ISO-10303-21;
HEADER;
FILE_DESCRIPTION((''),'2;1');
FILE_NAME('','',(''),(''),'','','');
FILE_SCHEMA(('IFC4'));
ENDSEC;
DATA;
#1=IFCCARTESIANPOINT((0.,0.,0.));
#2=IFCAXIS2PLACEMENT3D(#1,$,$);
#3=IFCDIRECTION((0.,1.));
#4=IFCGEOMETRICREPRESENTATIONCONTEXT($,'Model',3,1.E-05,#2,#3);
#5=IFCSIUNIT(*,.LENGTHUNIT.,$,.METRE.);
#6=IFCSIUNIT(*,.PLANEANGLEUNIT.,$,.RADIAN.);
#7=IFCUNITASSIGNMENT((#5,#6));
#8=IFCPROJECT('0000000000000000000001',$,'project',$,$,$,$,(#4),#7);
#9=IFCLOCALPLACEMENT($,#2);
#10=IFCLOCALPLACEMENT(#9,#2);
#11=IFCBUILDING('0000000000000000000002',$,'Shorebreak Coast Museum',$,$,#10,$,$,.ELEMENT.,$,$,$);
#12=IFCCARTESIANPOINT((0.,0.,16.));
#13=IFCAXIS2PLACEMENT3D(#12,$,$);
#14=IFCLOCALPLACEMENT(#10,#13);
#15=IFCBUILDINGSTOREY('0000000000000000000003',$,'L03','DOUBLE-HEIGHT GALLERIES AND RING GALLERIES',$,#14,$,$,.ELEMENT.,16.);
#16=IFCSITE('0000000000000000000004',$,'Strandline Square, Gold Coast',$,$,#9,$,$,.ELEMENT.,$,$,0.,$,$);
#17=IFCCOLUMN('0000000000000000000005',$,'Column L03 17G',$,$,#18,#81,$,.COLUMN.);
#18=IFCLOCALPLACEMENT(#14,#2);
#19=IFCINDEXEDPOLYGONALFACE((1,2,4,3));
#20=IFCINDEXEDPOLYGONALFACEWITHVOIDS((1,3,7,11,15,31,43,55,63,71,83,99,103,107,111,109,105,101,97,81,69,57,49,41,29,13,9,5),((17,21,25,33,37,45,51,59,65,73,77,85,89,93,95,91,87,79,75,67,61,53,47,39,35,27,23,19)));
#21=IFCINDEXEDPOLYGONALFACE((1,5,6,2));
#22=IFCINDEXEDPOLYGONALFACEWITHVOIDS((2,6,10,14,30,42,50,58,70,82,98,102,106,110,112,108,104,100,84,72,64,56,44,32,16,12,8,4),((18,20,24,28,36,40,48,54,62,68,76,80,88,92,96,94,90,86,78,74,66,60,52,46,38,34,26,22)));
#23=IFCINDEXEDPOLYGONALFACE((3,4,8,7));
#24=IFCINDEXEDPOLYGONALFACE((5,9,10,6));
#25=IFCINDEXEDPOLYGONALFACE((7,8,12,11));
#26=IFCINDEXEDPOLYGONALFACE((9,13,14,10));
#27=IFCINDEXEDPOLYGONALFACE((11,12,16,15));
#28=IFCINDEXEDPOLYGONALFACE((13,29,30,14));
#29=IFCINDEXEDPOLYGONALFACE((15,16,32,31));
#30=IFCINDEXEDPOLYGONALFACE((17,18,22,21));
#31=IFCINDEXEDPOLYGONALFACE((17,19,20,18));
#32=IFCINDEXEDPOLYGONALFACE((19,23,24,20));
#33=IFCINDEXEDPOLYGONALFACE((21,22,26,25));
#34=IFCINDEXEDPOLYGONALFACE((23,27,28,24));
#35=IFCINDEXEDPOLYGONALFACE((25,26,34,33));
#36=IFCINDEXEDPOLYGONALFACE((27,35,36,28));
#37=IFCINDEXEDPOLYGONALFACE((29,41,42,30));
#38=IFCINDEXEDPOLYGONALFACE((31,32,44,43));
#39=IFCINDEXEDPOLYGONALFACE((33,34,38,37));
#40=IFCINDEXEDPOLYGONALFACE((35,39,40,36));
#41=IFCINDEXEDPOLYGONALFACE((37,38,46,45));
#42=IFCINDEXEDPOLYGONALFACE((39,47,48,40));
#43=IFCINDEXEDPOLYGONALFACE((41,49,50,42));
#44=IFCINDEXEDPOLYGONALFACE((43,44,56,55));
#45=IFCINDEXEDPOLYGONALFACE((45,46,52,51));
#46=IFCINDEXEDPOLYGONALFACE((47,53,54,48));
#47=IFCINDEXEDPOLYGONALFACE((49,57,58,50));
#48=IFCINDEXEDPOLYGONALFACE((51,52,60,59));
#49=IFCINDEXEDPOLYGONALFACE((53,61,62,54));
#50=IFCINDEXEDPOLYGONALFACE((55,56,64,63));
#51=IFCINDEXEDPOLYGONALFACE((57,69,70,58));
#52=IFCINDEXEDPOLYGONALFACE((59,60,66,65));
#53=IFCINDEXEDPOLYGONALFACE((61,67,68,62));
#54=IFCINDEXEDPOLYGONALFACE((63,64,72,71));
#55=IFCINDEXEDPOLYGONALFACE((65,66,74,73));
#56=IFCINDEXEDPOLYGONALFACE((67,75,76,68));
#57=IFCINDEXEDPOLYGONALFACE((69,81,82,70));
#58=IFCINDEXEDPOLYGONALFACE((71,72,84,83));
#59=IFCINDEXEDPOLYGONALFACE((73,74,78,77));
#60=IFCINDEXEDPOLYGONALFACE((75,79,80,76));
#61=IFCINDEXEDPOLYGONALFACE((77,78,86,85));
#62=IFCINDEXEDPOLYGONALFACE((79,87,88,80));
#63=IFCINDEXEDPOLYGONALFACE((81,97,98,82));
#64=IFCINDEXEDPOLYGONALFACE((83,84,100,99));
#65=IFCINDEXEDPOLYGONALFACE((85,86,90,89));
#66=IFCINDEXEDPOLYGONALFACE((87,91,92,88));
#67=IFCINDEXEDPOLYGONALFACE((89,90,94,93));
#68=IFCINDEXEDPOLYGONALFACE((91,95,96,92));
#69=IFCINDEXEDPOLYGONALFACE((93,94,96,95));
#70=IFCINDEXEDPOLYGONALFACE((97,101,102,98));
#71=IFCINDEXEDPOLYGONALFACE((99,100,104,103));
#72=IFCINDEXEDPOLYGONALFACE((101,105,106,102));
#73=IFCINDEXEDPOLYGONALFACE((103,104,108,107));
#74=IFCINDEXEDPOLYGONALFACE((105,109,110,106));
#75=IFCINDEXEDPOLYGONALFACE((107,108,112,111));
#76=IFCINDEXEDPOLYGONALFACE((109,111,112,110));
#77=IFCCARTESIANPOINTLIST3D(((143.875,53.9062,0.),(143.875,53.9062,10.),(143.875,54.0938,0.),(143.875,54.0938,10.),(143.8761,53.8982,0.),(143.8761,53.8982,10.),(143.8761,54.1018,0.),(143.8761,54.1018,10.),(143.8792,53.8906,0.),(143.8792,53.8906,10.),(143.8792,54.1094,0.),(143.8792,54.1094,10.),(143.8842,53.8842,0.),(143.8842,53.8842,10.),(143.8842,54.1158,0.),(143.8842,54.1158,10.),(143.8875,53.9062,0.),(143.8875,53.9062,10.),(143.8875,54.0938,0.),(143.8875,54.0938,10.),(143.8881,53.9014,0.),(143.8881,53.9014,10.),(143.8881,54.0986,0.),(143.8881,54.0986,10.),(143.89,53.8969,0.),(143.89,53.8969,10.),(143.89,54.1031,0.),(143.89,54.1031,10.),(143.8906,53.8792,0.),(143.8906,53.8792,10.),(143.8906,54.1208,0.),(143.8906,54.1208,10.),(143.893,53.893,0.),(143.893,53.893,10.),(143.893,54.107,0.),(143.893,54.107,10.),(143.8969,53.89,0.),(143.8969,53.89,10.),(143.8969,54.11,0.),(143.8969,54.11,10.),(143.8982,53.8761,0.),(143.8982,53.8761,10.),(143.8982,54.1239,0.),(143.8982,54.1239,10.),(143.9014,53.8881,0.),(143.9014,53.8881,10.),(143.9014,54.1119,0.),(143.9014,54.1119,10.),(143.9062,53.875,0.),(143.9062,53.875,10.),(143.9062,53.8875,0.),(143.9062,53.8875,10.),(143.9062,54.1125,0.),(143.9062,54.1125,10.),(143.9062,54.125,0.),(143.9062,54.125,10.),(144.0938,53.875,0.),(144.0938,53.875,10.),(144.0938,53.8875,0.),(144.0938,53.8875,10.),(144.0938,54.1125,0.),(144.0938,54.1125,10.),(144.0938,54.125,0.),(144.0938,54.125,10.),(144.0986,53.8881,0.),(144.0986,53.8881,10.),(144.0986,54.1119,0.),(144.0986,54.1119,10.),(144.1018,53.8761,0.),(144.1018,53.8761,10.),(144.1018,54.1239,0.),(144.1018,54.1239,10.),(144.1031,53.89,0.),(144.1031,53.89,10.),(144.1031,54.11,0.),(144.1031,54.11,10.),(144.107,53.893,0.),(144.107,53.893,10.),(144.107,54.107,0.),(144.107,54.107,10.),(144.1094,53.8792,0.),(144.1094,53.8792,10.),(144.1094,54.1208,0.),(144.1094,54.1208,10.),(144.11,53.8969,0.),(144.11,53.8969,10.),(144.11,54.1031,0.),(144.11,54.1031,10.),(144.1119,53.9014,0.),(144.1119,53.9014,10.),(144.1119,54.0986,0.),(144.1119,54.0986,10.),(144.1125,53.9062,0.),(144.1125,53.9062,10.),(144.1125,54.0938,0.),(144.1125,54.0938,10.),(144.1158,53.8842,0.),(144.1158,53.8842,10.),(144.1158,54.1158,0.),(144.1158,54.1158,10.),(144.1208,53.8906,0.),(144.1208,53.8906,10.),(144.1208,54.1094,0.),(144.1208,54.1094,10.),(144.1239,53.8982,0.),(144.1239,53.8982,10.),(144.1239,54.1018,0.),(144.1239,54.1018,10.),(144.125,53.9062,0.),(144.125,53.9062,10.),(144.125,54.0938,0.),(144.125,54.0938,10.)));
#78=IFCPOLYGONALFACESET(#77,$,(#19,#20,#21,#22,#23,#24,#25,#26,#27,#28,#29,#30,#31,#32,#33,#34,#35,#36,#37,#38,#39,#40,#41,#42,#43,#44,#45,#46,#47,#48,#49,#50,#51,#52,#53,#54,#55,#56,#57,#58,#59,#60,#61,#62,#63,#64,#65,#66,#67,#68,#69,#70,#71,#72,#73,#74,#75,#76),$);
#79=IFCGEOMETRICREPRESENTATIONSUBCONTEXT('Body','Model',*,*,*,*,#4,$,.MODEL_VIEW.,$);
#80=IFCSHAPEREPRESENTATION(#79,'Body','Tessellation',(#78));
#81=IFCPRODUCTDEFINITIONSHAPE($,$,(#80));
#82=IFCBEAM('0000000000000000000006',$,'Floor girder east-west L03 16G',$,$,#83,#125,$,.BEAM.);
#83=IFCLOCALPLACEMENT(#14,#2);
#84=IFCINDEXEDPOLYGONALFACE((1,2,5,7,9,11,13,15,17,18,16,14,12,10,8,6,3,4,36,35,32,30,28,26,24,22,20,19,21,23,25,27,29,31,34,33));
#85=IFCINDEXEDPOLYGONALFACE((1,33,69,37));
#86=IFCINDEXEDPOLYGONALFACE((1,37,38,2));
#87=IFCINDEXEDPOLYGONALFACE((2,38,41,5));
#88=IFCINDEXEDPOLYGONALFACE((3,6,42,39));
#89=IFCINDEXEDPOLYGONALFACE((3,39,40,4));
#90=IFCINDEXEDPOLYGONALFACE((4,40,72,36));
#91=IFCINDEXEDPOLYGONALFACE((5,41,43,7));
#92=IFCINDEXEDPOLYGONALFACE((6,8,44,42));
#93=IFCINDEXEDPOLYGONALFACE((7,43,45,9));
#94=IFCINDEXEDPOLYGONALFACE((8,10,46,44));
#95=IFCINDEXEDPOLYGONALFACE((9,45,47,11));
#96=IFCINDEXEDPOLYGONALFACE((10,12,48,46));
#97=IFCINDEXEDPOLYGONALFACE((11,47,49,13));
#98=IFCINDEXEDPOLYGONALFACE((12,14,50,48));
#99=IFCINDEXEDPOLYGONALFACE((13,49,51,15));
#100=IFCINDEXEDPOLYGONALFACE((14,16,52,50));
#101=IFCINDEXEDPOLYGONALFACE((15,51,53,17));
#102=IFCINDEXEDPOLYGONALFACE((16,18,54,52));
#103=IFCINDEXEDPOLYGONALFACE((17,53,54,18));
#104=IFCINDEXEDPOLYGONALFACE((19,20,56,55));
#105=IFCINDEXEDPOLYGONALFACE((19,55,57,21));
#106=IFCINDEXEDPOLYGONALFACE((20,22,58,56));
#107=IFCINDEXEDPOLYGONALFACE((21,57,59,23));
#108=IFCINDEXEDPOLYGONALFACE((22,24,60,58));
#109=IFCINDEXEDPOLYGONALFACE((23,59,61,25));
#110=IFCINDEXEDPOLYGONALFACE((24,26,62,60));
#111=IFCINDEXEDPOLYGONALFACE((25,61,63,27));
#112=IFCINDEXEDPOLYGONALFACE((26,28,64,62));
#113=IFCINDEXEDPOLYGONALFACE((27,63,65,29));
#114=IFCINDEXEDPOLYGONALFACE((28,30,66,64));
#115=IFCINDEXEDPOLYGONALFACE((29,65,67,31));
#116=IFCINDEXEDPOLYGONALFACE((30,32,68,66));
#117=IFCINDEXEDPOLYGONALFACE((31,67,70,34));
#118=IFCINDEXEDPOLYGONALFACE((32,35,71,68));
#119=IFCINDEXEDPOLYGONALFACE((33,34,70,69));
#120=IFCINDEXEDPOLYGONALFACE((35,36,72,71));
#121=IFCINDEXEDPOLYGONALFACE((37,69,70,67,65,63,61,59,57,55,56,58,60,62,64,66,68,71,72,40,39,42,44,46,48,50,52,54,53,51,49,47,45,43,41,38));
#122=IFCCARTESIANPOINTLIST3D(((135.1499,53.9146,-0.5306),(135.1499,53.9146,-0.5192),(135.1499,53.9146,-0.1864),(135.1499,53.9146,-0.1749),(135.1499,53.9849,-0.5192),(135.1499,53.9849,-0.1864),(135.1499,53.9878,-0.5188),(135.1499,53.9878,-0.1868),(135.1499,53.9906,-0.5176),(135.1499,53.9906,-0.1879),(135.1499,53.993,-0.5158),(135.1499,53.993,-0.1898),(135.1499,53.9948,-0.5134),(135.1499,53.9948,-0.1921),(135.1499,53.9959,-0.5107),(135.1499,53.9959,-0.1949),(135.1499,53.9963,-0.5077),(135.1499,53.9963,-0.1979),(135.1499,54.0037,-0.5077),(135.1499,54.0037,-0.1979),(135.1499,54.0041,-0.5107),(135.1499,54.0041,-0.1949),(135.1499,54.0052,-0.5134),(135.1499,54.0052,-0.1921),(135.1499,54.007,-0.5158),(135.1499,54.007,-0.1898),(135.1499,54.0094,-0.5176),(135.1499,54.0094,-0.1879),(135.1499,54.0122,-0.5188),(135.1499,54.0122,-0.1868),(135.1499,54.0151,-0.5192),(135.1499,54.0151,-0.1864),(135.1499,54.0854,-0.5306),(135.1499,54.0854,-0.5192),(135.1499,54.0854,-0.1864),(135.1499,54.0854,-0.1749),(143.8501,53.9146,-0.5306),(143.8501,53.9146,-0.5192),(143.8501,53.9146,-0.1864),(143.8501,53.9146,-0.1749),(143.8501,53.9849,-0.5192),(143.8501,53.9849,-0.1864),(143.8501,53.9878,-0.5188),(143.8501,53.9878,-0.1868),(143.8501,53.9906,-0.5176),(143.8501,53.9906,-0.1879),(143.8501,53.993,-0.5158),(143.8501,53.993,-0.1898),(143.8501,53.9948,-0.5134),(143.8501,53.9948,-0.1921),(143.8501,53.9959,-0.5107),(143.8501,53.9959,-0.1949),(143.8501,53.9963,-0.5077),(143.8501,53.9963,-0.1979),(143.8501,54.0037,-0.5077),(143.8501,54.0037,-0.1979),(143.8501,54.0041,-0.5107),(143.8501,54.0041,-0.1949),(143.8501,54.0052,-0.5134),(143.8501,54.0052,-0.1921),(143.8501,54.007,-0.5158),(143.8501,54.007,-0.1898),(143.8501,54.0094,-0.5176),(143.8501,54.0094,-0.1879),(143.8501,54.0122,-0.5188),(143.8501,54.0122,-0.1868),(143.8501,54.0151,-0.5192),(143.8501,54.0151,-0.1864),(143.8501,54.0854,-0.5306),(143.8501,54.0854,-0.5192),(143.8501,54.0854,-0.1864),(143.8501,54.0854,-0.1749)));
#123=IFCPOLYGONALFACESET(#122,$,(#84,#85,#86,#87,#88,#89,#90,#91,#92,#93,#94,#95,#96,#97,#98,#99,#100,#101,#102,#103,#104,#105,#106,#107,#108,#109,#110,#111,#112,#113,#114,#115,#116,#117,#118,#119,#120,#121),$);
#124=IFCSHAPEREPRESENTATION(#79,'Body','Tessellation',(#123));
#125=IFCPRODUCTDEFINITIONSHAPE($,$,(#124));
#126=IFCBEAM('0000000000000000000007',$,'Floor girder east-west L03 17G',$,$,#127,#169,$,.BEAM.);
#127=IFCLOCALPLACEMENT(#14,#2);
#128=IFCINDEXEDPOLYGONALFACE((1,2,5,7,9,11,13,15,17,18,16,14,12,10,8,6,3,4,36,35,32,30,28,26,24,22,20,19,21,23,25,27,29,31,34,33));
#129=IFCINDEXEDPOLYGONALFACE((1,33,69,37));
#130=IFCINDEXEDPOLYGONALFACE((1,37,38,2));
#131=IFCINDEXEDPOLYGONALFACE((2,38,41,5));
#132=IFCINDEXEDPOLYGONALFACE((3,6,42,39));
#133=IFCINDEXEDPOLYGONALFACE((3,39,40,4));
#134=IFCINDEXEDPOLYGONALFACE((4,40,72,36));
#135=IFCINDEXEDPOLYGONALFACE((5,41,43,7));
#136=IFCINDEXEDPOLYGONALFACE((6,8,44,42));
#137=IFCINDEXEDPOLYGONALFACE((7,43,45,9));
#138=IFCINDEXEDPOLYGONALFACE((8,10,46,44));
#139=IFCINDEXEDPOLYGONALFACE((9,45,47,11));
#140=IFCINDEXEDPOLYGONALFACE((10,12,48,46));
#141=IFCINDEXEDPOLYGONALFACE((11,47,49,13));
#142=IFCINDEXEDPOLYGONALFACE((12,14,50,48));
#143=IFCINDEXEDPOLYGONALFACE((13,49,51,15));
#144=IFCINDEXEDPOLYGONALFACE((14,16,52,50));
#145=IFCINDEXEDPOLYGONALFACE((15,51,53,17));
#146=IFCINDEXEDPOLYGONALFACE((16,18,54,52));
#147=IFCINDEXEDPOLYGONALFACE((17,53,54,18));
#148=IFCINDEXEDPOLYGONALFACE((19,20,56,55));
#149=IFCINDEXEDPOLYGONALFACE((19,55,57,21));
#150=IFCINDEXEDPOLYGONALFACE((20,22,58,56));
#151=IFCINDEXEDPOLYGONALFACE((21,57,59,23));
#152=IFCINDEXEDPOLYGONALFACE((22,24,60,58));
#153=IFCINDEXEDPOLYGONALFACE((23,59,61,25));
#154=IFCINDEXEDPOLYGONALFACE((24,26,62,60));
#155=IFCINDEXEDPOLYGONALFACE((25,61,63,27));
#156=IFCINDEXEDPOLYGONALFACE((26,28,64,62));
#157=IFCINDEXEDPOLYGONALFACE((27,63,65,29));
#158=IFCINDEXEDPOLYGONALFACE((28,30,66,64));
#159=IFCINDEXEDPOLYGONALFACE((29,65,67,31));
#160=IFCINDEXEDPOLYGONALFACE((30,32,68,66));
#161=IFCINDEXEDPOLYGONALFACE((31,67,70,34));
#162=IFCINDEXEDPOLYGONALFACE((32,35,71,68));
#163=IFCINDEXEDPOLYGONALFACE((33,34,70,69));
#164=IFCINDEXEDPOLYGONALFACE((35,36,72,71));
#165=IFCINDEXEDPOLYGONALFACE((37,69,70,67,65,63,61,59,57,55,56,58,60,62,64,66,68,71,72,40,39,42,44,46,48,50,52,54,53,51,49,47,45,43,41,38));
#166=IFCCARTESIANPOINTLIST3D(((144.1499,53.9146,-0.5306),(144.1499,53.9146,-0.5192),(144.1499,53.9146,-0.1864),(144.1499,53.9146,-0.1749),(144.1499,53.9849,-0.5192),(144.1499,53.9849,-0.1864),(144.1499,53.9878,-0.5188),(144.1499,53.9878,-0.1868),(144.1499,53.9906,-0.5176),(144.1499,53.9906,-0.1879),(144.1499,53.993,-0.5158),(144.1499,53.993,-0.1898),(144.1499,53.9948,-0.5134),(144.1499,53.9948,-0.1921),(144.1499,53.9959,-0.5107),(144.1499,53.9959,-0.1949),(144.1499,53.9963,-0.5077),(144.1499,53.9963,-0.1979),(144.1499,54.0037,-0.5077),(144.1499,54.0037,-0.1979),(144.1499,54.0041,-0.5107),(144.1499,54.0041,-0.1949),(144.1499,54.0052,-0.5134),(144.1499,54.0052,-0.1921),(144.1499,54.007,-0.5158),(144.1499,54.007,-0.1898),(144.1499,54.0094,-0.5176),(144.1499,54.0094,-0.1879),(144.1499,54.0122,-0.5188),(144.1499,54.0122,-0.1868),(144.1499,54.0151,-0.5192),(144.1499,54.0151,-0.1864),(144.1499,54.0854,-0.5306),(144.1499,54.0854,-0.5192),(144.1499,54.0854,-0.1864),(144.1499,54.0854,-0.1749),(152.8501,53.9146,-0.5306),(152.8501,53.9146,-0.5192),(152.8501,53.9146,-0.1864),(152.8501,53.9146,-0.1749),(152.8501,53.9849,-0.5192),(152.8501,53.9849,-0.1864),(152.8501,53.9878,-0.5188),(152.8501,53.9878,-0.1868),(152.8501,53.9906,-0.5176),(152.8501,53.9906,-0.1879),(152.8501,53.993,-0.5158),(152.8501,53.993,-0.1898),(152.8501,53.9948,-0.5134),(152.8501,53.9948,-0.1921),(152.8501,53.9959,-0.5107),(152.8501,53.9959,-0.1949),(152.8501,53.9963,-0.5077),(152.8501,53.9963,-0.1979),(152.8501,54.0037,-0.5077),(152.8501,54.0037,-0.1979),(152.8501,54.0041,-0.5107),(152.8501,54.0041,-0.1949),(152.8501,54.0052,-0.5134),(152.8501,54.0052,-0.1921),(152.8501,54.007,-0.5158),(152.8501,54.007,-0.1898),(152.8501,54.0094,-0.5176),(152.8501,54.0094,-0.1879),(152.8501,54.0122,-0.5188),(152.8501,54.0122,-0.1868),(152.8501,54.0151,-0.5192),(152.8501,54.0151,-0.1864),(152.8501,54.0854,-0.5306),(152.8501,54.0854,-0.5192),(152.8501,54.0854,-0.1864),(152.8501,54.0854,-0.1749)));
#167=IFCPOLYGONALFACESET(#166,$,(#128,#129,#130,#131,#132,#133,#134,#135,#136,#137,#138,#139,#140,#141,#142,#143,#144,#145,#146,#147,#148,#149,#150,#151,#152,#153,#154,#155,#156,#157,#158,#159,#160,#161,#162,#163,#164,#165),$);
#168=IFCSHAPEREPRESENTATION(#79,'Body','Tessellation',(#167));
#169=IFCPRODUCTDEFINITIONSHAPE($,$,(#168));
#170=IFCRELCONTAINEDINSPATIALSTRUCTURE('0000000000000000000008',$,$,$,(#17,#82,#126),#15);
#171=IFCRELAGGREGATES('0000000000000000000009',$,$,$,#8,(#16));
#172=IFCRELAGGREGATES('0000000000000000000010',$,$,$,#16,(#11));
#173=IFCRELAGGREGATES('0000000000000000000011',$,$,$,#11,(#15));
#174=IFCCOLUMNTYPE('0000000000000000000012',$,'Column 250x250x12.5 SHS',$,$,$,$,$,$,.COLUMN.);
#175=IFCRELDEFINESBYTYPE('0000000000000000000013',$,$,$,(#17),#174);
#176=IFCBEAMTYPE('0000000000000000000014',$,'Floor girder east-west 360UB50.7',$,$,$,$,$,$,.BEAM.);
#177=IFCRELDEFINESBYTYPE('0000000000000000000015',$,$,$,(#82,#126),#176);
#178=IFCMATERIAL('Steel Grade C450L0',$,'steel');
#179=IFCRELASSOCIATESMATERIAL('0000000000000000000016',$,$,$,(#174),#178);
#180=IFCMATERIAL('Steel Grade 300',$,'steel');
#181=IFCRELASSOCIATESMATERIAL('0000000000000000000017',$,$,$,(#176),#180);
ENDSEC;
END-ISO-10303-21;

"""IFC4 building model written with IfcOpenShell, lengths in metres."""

from ifc_helpers import new_model, si_unit, direction, frame, origin, origin_2d, place, context, subcontext, project, spatial, hollow_rectangle, i_section, extrude, material, material_profile, profile_set, type_object, element, save


model = new_model("IFC4")

# Units and contexts
model_context = context("Model", 3, precision=1e-05, world=origin(), true_north=direction((0.0, 1.0)))
body_context = subcontext(model_context, "Body", "Model", "MODEL_VIEW")
ifc_project = project(units=[si_unit("LENGTHUNIT", "METRE"), si_unit("PLANEANGLEUNIT", "RADIAN")], contexts=[model_context])

# Site, building, storey
site_placement = place(None, origin())
site = spatial("IfcSite", under=ifc_project, at=site_placement, Name="Strandline Square, Gold Coast", CompositionType="ELEMENT", RefElevation=0.0)
building_placement = place(site_placement, origin())
building = spatial("IfcBuilding", under=site, at=building_placement, Name="Shorebreak Coast Museum", CompositionType="ELEMENT")
storey_placement = place(building_placement, frame((0.0, 0.0, 16.0)))
storey = spatial("IfcBuildingStorey", under=building, at=storey_placement, Name="L03", Description="DOUBLE-HEIGHT GALLERIES AND RING GALLERIES", CompositionType="ELEMENT", Elevation=16.0)

# Column
ifc_material_1 = material(Name="Steel Grade C450L0", Category="steel")
ifc_material_profile_1 = material_profile(ifc_material_1, hollow_rectangle(XDim=0.25, YDim=0.25, WallThickness=0.0125, InnerFilletRadius=0.0188, OuterFilletRadius=0.0312, at=origin_2d()), Name="250x250x12.5 SHS")
ifc_profile_set_1 = profile_set([ifc_material_profile_1], Name="Steel Grade C450L0")
column_type = type_object("IfcColumnType", Name="Column 250x250x12.5 SHS", PredefinedType="COLUMN", material=ifc_profile_set_1)
column_placement = place(storey_placement, frame((144.0, 54.0, 0.0), z_axis=(0.0, 0.0, 1.0), x_axis=(1.0, 0.0, 0.0)))
element("IfcColumn", 1, at=column_placement, inside=storey, type_object=column_type, Name="Column L03 17G", PredefinedType="COLUMN", context=body_context, shape_type="SweptSolid", body=[
    extrude(hollow_rectangle(XDim=0.25, YDim=0.25, WallThickness=0.0125, InnerFilletRadius=0.0188, OuterFilletRadius=0.0312, at=origin_2d()), origin(), (0.0, 0.0, 1.0), 10.0),
])

# Beams
ifc_material_2 = material(Name="Steel Grade 300", Category="steel")
ifc_material_profile_2 = material_profile(ifc_material_2, i_section(OverallWidth=0.1709, OverallDepth=0.3557, WebThickness=0.0073, FlangeThickness=0.0115, FilletRadius=0.0115, at=origin_2d()), Name="360UB50.7")
ifc_profile_set_2 = profile_set([ifc_material_profile_2], Name="Steel Grade 300")
beam_type_1 = type_object("IfcBeamType", Name="Floor girder east-west 360UB50.7", PredefinedType="BEAM", material=ifc_profile_set_2)
for number, where, z_axis, x_axis, name in (
    (2, (135.1499, 54.0, -0.3528), (1.0, 0.0, 0.0), (0.0, 1.0, 0.0), "Floor girder east-west L03 16G"),
    (3, (144.1499, 54.0, -0.3528), (1.0, 0.0, 0.0), (0.0, 1.0, 0.0), "Floor girder east-west L03 17G"),
):
    element("IfcBeam", number, at=place(storey_placement, frame(where, z_axis=z_axis, x_axis=x_axis)), inside=storey, type_object=beam_type_1, Name=name, PredefinedType="BEAM", context=body_context, shape_type="SweptSolid", body=[
        extrude(i_section(OverallWidth=0.1709, OverallDepth=0.3557, WebThickness=0.0073, FlangeThickness=0.0115, FilletRadius=0.0115, at=origin_2d()), origin(), (0.0, 0.0, 1.0), 8.7002),
    ])

save(model, "model.ifc")
